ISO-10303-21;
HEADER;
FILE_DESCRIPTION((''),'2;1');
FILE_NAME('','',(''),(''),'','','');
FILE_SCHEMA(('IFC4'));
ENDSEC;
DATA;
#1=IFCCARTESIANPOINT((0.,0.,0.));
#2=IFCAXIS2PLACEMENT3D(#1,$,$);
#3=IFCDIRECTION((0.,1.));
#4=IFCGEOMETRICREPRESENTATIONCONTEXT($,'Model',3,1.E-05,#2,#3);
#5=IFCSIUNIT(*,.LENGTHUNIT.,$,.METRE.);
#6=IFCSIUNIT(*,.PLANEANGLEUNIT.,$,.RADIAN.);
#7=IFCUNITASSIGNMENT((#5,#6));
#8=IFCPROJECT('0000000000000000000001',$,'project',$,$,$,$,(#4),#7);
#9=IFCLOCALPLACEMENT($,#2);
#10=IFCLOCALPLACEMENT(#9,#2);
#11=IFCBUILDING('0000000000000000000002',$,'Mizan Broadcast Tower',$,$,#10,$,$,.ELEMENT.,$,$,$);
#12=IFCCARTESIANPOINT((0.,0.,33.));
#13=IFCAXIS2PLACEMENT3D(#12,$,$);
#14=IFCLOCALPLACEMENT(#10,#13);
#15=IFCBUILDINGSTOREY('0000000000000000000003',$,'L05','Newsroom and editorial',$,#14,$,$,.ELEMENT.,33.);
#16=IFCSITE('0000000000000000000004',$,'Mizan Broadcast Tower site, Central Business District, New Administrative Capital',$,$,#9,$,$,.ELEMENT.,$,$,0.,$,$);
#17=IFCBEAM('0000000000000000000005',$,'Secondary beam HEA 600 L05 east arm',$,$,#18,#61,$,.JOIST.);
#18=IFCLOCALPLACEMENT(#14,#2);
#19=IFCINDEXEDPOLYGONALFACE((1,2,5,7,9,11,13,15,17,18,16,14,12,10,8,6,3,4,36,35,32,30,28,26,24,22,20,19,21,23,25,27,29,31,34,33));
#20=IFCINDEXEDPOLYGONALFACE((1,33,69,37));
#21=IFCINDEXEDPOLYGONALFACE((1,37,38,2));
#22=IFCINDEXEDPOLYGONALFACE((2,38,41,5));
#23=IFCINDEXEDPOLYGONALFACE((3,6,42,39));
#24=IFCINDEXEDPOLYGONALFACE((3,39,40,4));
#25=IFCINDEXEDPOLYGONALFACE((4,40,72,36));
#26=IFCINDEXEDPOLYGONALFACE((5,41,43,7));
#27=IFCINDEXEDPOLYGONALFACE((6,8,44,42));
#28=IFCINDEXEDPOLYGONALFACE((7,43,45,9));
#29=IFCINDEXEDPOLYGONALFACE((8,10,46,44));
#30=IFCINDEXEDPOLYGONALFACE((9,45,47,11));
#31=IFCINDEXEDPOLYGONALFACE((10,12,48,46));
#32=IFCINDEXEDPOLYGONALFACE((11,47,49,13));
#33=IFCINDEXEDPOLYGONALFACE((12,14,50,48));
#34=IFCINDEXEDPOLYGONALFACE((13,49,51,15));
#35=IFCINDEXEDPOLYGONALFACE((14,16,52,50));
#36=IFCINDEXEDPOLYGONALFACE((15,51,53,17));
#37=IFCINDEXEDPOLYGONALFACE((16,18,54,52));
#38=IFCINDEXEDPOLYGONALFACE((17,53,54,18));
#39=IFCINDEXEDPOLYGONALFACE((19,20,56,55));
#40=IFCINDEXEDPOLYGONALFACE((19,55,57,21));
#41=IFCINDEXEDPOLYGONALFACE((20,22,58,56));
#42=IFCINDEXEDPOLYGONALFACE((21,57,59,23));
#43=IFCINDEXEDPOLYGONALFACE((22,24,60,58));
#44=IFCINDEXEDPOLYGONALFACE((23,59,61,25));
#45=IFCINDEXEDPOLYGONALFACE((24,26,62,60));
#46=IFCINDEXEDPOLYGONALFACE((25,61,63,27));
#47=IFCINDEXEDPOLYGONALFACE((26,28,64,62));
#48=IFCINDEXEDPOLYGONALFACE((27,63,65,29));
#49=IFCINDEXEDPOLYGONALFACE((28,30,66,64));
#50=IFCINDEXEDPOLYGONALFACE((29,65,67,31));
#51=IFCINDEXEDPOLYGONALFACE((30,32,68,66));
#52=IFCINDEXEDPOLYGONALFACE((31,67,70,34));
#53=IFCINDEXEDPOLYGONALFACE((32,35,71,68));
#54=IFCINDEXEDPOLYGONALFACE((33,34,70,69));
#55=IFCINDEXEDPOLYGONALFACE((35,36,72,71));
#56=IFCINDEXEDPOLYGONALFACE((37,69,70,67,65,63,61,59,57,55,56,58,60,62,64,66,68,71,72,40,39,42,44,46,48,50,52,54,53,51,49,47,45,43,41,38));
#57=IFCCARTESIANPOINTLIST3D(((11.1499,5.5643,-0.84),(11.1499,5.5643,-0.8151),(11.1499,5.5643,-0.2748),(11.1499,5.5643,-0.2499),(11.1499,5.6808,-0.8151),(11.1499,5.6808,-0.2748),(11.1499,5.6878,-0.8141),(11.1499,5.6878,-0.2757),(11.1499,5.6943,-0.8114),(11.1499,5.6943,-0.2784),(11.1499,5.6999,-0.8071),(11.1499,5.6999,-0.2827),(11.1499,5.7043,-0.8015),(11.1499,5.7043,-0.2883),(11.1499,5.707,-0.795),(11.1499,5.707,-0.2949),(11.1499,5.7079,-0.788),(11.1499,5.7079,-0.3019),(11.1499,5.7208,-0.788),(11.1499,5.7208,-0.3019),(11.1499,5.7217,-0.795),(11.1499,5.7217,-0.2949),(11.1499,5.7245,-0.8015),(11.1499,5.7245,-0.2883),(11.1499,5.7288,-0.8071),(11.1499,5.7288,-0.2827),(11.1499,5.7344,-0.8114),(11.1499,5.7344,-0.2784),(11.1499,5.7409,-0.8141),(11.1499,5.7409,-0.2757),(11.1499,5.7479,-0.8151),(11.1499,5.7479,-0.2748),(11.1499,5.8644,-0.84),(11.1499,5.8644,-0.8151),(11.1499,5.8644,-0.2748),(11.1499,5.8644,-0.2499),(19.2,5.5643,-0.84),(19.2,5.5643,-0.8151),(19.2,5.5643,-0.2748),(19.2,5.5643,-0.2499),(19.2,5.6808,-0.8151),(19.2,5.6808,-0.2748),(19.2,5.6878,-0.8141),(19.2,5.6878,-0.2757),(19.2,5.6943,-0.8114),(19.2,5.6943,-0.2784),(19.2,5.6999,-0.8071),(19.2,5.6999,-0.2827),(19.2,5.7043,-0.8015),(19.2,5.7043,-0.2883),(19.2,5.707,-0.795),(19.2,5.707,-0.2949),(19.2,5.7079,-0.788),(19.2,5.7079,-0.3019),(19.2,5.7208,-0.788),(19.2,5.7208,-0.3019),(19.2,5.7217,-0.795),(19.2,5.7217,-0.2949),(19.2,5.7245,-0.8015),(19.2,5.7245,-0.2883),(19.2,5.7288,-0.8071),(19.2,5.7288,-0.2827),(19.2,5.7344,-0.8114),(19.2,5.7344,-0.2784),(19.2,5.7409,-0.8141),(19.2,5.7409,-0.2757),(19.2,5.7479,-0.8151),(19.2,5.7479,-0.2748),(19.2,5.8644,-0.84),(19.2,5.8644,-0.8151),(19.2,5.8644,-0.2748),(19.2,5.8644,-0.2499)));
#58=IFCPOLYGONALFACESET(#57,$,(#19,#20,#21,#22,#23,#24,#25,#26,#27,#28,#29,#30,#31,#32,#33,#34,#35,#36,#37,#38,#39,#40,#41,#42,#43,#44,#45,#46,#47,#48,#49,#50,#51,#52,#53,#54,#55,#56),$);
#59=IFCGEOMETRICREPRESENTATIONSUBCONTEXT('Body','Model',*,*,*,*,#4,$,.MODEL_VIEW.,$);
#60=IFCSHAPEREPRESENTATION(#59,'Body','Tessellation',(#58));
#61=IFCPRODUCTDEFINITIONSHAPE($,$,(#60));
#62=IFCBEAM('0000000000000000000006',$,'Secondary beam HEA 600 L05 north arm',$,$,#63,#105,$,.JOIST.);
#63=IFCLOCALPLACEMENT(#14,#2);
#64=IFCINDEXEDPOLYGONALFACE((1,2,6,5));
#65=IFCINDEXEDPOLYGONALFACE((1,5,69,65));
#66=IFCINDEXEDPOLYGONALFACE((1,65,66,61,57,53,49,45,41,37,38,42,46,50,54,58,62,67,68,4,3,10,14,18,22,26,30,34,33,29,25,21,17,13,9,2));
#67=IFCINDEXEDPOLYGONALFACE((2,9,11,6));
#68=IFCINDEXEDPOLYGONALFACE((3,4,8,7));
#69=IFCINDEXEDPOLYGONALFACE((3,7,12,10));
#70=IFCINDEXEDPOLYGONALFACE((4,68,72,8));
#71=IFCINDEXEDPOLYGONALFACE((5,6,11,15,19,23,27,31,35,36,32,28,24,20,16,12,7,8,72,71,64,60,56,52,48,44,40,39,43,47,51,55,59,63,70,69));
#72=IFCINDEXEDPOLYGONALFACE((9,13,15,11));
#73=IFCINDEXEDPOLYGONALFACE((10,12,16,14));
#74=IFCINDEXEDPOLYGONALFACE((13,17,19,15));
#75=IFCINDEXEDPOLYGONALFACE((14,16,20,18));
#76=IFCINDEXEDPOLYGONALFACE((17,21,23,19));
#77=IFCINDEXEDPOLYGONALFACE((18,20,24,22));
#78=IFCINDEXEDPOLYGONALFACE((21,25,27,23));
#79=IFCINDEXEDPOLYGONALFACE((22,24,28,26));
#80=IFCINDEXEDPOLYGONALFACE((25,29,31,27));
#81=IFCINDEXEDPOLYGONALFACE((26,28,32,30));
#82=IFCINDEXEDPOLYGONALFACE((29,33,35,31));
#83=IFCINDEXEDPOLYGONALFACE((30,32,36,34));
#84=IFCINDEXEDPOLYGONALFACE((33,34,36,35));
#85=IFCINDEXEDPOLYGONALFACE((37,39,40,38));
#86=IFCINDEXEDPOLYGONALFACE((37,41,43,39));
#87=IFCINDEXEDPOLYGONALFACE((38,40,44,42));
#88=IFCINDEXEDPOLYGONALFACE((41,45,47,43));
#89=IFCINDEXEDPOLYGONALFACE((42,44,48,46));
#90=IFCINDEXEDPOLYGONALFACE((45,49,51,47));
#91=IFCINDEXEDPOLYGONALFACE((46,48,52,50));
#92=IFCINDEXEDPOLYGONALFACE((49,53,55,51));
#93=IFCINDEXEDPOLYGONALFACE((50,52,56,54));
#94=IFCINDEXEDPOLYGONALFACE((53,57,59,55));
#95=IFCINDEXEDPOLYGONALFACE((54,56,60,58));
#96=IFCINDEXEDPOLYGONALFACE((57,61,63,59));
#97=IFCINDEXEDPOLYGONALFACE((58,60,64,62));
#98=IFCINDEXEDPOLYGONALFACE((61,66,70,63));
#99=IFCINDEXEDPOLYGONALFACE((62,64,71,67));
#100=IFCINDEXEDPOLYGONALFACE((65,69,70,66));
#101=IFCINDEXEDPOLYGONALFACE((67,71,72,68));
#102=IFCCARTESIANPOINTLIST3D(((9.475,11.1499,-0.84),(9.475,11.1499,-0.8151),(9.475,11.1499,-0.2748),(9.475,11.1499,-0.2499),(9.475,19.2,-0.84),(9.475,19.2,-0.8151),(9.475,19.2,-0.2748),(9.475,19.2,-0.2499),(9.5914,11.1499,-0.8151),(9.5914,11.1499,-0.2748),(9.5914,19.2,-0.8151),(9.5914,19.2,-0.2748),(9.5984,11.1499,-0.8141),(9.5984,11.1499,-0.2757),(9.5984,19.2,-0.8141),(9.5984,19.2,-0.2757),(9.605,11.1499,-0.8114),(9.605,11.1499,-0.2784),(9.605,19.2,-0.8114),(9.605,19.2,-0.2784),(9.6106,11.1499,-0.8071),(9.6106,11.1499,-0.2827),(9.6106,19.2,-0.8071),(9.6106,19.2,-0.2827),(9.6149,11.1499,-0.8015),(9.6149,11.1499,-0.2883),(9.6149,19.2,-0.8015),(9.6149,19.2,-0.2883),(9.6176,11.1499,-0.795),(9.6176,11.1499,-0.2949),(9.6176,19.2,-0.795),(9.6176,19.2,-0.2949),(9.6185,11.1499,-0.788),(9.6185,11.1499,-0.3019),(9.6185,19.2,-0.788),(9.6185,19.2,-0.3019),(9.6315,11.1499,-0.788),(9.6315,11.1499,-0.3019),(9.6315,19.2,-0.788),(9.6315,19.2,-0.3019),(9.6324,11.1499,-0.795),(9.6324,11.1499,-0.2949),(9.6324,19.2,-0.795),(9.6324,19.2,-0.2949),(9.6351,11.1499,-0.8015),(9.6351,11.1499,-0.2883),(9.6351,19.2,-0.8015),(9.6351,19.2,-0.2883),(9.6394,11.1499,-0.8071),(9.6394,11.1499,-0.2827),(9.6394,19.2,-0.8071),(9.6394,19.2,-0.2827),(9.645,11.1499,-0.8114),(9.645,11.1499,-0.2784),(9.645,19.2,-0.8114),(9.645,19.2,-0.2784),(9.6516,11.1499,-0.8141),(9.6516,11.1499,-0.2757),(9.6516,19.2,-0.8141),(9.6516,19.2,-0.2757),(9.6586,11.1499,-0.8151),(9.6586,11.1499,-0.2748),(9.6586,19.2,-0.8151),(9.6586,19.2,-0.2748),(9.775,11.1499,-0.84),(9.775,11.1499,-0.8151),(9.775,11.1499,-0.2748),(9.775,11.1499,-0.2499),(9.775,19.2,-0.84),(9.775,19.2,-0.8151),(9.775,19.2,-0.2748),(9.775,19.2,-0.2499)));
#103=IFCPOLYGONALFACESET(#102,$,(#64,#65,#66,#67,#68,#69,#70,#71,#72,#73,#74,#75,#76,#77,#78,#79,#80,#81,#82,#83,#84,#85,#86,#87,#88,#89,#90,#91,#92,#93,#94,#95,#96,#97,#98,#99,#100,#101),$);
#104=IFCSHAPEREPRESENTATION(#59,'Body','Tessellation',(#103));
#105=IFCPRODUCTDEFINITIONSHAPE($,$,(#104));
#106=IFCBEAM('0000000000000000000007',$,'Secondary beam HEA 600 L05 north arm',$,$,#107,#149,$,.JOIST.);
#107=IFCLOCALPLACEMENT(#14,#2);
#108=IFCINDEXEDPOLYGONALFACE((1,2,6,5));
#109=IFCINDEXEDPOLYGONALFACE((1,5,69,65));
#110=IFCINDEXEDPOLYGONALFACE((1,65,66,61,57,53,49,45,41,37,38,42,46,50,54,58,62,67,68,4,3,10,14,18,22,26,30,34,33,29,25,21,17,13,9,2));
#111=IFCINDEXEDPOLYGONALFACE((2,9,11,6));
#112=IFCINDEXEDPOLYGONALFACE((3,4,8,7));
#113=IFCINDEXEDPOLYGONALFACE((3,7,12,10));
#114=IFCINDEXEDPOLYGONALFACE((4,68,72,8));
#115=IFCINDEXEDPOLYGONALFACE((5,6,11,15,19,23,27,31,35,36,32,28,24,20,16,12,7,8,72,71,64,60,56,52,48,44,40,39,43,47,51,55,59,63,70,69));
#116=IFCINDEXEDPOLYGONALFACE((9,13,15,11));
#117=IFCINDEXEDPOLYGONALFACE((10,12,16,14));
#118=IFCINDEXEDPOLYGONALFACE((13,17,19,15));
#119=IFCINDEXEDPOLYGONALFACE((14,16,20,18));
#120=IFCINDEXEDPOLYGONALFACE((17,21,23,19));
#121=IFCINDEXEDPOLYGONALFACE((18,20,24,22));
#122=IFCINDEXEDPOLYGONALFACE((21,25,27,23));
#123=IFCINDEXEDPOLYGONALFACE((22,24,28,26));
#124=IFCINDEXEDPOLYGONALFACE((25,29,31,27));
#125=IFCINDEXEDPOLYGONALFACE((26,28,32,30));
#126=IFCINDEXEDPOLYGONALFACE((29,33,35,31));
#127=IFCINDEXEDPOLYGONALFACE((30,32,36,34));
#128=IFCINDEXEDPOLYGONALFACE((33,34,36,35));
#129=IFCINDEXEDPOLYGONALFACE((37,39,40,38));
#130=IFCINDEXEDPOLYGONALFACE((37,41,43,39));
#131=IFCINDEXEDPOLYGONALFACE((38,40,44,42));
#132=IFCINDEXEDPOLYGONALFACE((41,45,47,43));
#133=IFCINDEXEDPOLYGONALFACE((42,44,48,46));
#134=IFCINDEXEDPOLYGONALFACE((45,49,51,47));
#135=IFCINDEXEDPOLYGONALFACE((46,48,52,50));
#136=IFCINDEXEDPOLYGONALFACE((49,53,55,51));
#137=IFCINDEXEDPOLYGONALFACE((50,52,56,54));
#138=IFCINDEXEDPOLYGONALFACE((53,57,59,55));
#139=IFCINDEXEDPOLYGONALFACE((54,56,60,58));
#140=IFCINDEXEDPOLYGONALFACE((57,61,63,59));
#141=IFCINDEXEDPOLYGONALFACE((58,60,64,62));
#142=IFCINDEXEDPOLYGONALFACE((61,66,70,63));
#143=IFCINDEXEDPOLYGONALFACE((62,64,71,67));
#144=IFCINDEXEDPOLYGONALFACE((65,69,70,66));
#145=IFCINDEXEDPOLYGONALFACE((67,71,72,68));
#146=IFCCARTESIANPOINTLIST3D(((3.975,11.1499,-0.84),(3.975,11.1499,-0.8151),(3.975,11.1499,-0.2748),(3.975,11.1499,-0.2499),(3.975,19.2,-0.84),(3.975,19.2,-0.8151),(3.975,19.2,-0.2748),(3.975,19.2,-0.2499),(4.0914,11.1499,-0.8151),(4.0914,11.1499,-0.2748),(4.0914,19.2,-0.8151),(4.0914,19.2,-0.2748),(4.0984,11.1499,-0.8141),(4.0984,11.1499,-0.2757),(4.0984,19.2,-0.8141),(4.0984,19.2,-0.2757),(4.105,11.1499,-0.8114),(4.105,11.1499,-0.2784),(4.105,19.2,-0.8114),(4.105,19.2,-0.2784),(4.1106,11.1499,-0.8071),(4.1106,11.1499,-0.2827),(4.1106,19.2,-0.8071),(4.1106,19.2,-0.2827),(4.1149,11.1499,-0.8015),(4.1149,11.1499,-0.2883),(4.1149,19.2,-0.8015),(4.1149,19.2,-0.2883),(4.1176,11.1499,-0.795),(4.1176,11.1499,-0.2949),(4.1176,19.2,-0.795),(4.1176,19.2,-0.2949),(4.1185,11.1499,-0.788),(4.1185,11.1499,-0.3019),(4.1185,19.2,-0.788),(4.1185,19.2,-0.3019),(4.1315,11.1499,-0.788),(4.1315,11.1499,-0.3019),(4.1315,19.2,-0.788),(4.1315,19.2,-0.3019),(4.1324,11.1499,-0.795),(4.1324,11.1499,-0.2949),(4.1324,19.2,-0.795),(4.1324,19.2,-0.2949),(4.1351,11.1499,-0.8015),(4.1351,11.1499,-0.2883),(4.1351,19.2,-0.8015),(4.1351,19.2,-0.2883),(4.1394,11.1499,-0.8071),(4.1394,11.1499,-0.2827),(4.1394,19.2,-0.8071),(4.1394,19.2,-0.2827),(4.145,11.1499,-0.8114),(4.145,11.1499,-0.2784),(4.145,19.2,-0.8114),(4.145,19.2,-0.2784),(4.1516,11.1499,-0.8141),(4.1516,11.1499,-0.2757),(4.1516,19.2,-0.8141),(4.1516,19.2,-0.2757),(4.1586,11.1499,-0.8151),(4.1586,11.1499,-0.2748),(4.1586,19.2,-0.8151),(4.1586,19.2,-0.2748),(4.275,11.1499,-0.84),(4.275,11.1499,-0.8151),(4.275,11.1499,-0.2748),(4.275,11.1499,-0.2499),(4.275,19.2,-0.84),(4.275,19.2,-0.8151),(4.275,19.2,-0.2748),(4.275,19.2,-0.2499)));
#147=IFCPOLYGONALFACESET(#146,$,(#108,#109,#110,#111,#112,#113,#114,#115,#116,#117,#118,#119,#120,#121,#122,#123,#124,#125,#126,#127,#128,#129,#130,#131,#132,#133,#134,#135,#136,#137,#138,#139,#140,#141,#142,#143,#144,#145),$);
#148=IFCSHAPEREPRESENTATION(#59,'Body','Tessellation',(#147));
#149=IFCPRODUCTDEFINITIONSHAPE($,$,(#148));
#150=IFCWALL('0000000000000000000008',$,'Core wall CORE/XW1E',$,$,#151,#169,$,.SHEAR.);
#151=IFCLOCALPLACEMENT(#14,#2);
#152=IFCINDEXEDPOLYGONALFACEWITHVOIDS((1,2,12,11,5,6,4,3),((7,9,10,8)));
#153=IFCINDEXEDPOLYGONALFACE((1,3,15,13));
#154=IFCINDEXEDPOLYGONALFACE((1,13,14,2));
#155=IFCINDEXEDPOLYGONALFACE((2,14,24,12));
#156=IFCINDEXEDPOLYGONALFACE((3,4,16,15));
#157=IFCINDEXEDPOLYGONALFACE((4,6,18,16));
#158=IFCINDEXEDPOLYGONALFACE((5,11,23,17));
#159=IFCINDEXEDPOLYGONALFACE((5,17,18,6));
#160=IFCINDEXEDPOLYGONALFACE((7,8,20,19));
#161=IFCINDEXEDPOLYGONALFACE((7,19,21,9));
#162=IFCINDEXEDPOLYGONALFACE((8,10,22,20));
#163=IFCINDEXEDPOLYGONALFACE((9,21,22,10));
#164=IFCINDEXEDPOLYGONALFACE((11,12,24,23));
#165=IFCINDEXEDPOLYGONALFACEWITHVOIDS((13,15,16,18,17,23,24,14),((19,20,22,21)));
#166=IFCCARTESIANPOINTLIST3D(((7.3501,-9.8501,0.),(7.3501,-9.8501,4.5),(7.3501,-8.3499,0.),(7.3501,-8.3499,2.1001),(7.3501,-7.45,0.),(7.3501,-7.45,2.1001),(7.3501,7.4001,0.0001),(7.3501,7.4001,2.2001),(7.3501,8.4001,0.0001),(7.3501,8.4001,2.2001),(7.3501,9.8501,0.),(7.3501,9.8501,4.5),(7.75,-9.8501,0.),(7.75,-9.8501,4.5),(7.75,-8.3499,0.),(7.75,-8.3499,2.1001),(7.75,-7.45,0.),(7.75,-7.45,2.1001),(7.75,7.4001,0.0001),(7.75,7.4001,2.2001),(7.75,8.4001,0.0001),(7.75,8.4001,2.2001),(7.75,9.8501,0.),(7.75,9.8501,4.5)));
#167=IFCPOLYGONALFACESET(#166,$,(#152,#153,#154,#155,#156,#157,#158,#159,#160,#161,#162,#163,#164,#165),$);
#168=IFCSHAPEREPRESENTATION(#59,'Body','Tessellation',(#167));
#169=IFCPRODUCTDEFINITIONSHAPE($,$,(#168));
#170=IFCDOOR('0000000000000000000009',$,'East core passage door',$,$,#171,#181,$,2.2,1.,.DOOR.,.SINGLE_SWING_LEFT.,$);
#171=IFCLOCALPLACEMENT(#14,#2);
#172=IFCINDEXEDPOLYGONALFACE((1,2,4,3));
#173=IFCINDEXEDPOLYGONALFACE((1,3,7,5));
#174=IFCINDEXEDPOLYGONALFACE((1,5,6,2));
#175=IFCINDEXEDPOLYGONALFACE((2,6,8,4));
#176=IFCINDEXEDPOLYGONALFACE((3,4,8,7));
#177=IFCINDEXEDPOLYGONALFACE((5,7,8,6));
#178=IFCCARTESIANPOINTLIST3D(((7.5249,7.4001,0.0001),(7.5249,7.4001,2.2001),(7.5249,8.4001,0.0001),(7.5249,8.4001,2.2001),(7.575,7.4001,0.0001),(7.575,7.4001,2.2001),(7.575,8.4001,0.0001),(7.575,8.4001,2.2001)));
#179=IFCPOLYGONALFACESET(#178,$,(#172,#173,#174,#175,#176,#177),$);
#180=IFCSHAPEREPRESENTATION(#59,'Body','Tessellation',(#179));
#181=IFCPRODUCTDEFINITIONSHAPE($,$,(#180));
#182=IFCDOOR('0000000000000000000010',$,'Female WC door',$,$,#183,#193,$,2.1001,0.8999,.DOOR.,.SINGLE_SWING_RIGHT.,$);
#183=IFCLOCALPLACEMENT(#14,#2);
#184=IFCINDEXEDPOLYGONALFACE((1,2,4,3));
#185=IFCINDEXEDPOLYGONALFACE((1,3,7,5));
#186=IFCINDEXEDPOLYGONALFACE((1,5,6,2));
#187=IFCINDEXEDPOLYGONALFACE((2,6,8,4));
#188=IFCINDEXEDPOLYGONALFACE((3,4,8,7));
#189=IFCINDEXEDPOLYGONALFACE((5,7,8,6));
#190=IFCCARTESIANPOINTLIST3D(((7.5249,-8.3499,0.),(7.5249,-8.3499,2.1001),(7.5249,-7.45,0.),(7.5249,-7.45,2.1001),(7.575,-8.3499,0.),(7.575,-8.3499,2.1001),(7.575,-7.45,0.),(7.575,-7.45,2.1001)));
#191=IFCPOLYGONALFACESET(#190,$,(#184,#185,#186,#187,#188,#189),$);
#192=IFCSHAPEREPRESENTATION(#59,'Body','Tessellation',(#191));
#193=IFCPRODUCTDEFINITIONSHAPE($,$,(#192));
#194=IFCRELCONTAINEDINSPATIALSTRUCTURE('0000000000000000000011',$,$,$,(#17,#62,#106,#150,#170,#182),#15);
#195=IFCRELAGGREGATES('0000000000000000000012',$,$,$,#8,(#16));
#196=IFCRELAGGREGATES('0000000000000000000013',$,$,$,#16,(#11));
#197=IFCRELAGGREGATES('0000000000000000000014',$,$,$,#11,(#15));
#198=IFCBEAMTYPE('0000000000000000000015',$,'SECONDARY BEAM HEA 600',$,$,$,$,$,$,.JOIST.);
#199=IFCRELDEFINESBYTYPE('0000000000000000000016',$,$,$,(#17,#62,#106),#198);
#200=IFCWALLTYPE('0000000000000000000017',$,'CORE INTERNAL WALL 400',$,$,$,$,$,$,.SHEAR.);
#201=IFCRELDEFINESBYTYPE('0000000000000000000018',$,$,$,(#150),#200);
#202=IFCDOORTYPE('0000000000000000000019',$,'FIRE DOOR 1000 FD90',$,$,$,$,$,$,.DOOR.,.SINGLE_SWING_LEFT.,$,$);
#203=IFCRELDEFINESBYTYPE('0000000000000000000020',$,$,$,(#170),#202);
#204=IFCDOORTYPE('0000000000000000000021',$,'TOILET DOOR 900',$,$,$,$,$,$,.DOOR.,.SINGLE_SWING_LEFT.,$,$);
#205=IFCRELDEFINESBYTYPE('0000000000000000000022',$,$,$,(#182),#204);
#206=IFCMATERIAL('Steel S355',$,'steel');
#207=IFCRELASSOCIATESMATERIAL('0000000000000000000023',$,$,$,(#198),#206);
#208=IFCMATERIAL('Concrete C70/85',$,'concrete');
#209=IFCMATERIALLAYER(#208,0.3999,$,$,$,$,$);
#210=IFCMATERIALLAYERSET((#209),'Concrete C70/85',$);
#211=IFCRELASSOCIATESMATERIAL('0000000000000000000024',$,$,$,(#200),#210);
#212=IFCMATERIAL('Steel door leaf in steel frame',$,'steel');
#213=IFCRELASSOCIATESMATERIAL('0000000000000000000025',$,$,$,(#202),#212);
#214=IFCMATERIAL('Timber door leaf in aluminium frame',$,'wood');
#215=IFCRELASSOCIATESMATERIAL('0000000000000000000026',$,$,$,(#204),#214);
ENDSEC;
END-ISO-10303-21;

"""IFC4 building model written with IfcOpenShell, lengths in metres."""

from ifc_helpers import new_model, si_unit, direction, frame, frame_2d, origin, origin_2d, place, context, subcontext, project, spatial, rectangle, i_section, extrude, material, layer, layer_set, material_profile, profile_set, type_object, element, fill, save


model = new_model("IFC4")

# Units and contexts
model_context = context("Model", 3, precision=1e-05, world=origin(), true_north=direction((0.0, 1.0)))
body_context = subcontext(model_context, "Body", "Model", "MODEL_VIEW")
ifc_project = project(units=[si_unit("LENGTHUNIT", "METRE"), si_unit("PLANEANGLEUNIT", "RADIAN")], contexts=[model_context])

# Site, building, storey
site_placement = place(None, origin())
site = spatial("IfcSite", under=ifc_project, at=site_placement, Name="Mizan Broadcast Tower site, Central Business District, New Administrative Capital", CompositionType="ELEMENT", RefElevation=0.0)
building_placement = place(site_placement, origin())
building = spatial("IfcBuilding", under=site, at=building_placement, Name="Mizan Broadcast Tower", CompositionType="ELEMENT")
storey_placement = place(building_placement, frame((0.0, 0.0, 33.0)))
storey = spatial("IfcBuildingStorey", under=building, at=storey_placement, Name="L05", Description="Newsroom and editorial", CompositionType="ELEMENT", Elevation=33.0)

# Beams
ifc_material_1 = material(Name="Steel S355", Category="steel")
ifc_material_profile_1 = material_profile(ifc_material_1, i_section(OverallWidth=0.3, OverallDepth=0.5901, WebThickness=0.0129, FlangeThickness=0.0249, FilletRadius=0.0271, at=origin_2d()), Name="HEA 600")
ifc_profile_set_1 = profile_set([ifc_material_profile_1], Name="Steel S355")
beam_type_1 = type_object("IfcBeamType", Name="SECONDARY BEAM HEA 600", PredefinedType="JOIST", material=ifc_profile_set_1)
for number, where, z_axis, x_axis, name in (
    (1, (11.1499, 5.7144, -0.5449), (1.0, 0.0, 0.0), (0.0, 1.0, 0.0), "Secondary beam HEA 600 L05 east arm"),
    (2, (9.625, 11.1499, -0.5449), (0.0, 1.0, 0.0), (-1.0, 0.0, 0.0), "Secondary beam HEA 600 L05 north arm"),
    (3, (4.125, 11.1499, -0.5449), (0.0, 1.0, 0.0), (-1.0, 0.0, 0.0), "Secondary beam HEA 600 L05 north arm"),
):
    element("IfcBeam", number, at=place(storey_placement, frame(where, z_axis=z_axis, x_axis=x_axis)), inside=storey, type_object=beam_type_1, Name=name, PredefinedType="JOIST", context=body_context, shape_type="SweptSolid", body=[
        extrude(i_section(OverallWidth=0.3, OverallDepth=0.5901, WebThickness=0.0129, FlangeThickness=0.0249, FilletRadius=0.0271, at=origin_2d()), origin(), (0.0, 0.0, 1.0), 8.05),
    ])

# Wall, openings, doors
ifc_material_2 = material(Name="Concrete C70/85", Category="concrete")
ifc_layer_1 = layer(ifc_material_2, 0.3999)
ifc_layer_set_1 = layer_set([ifc_layer_1], Name="Concrete C70/85")
wall_type_1 = type_object("IfcWallType", Name="CORE INTERNAL WALL 400", PredefinedType="SHEAR", material=ifc_layer_set_1)
wall_1_placement = place(storey_placement, frame((7.55, 9.8501, 0.0), z_axis=(0.0, 0.0, 1.0), x_axis=(0.0, -1.0, 0.0)))
wall_1 = element("IfcWall", 4, at=wall_1_placement, inside=storey, type_object=wall_type_1, Name="Core wall CORE/XW1E", PredefinedType="SHEAR", context=body_context, shape_type="SweptSolid", body=[
    extrude(rectangle(XDim=19.7002, YDim=0.3999, at=frame_2d((9.8501, 0.0))), origin(), (0.0, 0.0, 1.0), 4.5),
])
opening_1_placement = place(wall_1_placement, frame((1.45, 0.0, 0.0)))
opening_1 = element("IfcOpeningElement", 5, at=opening_1_placement, cuts=wall_1, PredefinedType="OPENING", context=body_context, shape_type="SweptSolid", body=[
    extrude(rectangle(XDim=1.0, YDim=2.2, at=frame_2d((0.5, 1.1001))), frame((0.0, 0.21, 0.0), z_axis=(0.0, -1.0, 0.0), x_axis=(1.0, 0.0, 0.0)), (0.0, 0.0, 1.0), 0.4199),
])
opening_2_placement = place(wall_1_placement, frame((17.3, 0.0, 0.0)))
opening_2 = element("IfcOpeningElement", 6, at=opening_2_placement, cuts=wall_1, PredefinedType="OPENING", context=body_context, shape_type="SweptSolid", body=[
    extrude(rectangle(XDim=0.8999, YDim=2.1001, at=frame_2d((0.45, 1.05))), frame((0.0, 0.21, 0.0), z_axis=(0.0, -1.0, 0.0), x_axis=(1.0, 0.0, 0.0)), (0.0, 0.0, 1.0), 0.4199),
])
ifc_material_3 = material(Name="Steel door leaf in steel frame", Category="steel")
door_type_1 = type_object("IfcDoorType", Name="FIRE DOOR 1000 FD90", OperationType="SINGLE_SWING_LEFT", PredefinedType="DOOR", material=ifc_material_3)
door_1_placement = place(opening_1_placement, origin())
door_1 = element("IfcDoor", 7, at=door_1_placement, inside=storey, type_object=door_type_1, Name="East core passage door", OperationType="SINGLE_SWING_LEFT", OverallHeight=2.2, OverallWidth=1.0, PredefinedType="DOOR", context=body_context, shape_type="SweptSolid", body=[
    extrude(rectangle(XDim=1.0, YDim=2.2, at=frame_2d((0.5, 1.1001))), frame((0.0, 0.0249, 0.0), z_axis=(0.0, -1.0, 0.0), x_axis=(1.0, 0.0, 0.0)), (0.0, 0.0, 1.0), 0.05),
])
fill(opening_1, door_1)
ifc_material_4 = material(Name="Timber door leaf in aluminium frame", Category="wood")
door_type_2 = type_object("IfcDoorType", Name="TOILET DOOR 900", OperationType="SINGLE_SWING_LEFT", PredefinedType="DOOR", material=ifc_material_4)
door_2_placement = place(opening_2_placement, origin())
door_2 = element("IfcDoor", 8, at=door_2_placement, inside=storey, type_object=door_type_2, Name="Female WC door", OperationType="SINGLE_SWING_RIGHT", OverallHeight=2.1001, OverallWidth=0.8999, PredefinedType="DOOR", context=body_context, shape_type="SweptSolid", body=[
    extrude(rectangle(XDim=0.8999, YDim=2.1001, at=frame_2d((0.45, 1.05))), frame((0.0, 0.0249, 0.0), z_axis=(0.0, -1.0, 0.0), x_axis=(1.0, 0.0, 0.0)), (0.0, 0.0, 1.0), 0.05),
])
fill(opening_2, door_2)

save(model, "model.ifc")
